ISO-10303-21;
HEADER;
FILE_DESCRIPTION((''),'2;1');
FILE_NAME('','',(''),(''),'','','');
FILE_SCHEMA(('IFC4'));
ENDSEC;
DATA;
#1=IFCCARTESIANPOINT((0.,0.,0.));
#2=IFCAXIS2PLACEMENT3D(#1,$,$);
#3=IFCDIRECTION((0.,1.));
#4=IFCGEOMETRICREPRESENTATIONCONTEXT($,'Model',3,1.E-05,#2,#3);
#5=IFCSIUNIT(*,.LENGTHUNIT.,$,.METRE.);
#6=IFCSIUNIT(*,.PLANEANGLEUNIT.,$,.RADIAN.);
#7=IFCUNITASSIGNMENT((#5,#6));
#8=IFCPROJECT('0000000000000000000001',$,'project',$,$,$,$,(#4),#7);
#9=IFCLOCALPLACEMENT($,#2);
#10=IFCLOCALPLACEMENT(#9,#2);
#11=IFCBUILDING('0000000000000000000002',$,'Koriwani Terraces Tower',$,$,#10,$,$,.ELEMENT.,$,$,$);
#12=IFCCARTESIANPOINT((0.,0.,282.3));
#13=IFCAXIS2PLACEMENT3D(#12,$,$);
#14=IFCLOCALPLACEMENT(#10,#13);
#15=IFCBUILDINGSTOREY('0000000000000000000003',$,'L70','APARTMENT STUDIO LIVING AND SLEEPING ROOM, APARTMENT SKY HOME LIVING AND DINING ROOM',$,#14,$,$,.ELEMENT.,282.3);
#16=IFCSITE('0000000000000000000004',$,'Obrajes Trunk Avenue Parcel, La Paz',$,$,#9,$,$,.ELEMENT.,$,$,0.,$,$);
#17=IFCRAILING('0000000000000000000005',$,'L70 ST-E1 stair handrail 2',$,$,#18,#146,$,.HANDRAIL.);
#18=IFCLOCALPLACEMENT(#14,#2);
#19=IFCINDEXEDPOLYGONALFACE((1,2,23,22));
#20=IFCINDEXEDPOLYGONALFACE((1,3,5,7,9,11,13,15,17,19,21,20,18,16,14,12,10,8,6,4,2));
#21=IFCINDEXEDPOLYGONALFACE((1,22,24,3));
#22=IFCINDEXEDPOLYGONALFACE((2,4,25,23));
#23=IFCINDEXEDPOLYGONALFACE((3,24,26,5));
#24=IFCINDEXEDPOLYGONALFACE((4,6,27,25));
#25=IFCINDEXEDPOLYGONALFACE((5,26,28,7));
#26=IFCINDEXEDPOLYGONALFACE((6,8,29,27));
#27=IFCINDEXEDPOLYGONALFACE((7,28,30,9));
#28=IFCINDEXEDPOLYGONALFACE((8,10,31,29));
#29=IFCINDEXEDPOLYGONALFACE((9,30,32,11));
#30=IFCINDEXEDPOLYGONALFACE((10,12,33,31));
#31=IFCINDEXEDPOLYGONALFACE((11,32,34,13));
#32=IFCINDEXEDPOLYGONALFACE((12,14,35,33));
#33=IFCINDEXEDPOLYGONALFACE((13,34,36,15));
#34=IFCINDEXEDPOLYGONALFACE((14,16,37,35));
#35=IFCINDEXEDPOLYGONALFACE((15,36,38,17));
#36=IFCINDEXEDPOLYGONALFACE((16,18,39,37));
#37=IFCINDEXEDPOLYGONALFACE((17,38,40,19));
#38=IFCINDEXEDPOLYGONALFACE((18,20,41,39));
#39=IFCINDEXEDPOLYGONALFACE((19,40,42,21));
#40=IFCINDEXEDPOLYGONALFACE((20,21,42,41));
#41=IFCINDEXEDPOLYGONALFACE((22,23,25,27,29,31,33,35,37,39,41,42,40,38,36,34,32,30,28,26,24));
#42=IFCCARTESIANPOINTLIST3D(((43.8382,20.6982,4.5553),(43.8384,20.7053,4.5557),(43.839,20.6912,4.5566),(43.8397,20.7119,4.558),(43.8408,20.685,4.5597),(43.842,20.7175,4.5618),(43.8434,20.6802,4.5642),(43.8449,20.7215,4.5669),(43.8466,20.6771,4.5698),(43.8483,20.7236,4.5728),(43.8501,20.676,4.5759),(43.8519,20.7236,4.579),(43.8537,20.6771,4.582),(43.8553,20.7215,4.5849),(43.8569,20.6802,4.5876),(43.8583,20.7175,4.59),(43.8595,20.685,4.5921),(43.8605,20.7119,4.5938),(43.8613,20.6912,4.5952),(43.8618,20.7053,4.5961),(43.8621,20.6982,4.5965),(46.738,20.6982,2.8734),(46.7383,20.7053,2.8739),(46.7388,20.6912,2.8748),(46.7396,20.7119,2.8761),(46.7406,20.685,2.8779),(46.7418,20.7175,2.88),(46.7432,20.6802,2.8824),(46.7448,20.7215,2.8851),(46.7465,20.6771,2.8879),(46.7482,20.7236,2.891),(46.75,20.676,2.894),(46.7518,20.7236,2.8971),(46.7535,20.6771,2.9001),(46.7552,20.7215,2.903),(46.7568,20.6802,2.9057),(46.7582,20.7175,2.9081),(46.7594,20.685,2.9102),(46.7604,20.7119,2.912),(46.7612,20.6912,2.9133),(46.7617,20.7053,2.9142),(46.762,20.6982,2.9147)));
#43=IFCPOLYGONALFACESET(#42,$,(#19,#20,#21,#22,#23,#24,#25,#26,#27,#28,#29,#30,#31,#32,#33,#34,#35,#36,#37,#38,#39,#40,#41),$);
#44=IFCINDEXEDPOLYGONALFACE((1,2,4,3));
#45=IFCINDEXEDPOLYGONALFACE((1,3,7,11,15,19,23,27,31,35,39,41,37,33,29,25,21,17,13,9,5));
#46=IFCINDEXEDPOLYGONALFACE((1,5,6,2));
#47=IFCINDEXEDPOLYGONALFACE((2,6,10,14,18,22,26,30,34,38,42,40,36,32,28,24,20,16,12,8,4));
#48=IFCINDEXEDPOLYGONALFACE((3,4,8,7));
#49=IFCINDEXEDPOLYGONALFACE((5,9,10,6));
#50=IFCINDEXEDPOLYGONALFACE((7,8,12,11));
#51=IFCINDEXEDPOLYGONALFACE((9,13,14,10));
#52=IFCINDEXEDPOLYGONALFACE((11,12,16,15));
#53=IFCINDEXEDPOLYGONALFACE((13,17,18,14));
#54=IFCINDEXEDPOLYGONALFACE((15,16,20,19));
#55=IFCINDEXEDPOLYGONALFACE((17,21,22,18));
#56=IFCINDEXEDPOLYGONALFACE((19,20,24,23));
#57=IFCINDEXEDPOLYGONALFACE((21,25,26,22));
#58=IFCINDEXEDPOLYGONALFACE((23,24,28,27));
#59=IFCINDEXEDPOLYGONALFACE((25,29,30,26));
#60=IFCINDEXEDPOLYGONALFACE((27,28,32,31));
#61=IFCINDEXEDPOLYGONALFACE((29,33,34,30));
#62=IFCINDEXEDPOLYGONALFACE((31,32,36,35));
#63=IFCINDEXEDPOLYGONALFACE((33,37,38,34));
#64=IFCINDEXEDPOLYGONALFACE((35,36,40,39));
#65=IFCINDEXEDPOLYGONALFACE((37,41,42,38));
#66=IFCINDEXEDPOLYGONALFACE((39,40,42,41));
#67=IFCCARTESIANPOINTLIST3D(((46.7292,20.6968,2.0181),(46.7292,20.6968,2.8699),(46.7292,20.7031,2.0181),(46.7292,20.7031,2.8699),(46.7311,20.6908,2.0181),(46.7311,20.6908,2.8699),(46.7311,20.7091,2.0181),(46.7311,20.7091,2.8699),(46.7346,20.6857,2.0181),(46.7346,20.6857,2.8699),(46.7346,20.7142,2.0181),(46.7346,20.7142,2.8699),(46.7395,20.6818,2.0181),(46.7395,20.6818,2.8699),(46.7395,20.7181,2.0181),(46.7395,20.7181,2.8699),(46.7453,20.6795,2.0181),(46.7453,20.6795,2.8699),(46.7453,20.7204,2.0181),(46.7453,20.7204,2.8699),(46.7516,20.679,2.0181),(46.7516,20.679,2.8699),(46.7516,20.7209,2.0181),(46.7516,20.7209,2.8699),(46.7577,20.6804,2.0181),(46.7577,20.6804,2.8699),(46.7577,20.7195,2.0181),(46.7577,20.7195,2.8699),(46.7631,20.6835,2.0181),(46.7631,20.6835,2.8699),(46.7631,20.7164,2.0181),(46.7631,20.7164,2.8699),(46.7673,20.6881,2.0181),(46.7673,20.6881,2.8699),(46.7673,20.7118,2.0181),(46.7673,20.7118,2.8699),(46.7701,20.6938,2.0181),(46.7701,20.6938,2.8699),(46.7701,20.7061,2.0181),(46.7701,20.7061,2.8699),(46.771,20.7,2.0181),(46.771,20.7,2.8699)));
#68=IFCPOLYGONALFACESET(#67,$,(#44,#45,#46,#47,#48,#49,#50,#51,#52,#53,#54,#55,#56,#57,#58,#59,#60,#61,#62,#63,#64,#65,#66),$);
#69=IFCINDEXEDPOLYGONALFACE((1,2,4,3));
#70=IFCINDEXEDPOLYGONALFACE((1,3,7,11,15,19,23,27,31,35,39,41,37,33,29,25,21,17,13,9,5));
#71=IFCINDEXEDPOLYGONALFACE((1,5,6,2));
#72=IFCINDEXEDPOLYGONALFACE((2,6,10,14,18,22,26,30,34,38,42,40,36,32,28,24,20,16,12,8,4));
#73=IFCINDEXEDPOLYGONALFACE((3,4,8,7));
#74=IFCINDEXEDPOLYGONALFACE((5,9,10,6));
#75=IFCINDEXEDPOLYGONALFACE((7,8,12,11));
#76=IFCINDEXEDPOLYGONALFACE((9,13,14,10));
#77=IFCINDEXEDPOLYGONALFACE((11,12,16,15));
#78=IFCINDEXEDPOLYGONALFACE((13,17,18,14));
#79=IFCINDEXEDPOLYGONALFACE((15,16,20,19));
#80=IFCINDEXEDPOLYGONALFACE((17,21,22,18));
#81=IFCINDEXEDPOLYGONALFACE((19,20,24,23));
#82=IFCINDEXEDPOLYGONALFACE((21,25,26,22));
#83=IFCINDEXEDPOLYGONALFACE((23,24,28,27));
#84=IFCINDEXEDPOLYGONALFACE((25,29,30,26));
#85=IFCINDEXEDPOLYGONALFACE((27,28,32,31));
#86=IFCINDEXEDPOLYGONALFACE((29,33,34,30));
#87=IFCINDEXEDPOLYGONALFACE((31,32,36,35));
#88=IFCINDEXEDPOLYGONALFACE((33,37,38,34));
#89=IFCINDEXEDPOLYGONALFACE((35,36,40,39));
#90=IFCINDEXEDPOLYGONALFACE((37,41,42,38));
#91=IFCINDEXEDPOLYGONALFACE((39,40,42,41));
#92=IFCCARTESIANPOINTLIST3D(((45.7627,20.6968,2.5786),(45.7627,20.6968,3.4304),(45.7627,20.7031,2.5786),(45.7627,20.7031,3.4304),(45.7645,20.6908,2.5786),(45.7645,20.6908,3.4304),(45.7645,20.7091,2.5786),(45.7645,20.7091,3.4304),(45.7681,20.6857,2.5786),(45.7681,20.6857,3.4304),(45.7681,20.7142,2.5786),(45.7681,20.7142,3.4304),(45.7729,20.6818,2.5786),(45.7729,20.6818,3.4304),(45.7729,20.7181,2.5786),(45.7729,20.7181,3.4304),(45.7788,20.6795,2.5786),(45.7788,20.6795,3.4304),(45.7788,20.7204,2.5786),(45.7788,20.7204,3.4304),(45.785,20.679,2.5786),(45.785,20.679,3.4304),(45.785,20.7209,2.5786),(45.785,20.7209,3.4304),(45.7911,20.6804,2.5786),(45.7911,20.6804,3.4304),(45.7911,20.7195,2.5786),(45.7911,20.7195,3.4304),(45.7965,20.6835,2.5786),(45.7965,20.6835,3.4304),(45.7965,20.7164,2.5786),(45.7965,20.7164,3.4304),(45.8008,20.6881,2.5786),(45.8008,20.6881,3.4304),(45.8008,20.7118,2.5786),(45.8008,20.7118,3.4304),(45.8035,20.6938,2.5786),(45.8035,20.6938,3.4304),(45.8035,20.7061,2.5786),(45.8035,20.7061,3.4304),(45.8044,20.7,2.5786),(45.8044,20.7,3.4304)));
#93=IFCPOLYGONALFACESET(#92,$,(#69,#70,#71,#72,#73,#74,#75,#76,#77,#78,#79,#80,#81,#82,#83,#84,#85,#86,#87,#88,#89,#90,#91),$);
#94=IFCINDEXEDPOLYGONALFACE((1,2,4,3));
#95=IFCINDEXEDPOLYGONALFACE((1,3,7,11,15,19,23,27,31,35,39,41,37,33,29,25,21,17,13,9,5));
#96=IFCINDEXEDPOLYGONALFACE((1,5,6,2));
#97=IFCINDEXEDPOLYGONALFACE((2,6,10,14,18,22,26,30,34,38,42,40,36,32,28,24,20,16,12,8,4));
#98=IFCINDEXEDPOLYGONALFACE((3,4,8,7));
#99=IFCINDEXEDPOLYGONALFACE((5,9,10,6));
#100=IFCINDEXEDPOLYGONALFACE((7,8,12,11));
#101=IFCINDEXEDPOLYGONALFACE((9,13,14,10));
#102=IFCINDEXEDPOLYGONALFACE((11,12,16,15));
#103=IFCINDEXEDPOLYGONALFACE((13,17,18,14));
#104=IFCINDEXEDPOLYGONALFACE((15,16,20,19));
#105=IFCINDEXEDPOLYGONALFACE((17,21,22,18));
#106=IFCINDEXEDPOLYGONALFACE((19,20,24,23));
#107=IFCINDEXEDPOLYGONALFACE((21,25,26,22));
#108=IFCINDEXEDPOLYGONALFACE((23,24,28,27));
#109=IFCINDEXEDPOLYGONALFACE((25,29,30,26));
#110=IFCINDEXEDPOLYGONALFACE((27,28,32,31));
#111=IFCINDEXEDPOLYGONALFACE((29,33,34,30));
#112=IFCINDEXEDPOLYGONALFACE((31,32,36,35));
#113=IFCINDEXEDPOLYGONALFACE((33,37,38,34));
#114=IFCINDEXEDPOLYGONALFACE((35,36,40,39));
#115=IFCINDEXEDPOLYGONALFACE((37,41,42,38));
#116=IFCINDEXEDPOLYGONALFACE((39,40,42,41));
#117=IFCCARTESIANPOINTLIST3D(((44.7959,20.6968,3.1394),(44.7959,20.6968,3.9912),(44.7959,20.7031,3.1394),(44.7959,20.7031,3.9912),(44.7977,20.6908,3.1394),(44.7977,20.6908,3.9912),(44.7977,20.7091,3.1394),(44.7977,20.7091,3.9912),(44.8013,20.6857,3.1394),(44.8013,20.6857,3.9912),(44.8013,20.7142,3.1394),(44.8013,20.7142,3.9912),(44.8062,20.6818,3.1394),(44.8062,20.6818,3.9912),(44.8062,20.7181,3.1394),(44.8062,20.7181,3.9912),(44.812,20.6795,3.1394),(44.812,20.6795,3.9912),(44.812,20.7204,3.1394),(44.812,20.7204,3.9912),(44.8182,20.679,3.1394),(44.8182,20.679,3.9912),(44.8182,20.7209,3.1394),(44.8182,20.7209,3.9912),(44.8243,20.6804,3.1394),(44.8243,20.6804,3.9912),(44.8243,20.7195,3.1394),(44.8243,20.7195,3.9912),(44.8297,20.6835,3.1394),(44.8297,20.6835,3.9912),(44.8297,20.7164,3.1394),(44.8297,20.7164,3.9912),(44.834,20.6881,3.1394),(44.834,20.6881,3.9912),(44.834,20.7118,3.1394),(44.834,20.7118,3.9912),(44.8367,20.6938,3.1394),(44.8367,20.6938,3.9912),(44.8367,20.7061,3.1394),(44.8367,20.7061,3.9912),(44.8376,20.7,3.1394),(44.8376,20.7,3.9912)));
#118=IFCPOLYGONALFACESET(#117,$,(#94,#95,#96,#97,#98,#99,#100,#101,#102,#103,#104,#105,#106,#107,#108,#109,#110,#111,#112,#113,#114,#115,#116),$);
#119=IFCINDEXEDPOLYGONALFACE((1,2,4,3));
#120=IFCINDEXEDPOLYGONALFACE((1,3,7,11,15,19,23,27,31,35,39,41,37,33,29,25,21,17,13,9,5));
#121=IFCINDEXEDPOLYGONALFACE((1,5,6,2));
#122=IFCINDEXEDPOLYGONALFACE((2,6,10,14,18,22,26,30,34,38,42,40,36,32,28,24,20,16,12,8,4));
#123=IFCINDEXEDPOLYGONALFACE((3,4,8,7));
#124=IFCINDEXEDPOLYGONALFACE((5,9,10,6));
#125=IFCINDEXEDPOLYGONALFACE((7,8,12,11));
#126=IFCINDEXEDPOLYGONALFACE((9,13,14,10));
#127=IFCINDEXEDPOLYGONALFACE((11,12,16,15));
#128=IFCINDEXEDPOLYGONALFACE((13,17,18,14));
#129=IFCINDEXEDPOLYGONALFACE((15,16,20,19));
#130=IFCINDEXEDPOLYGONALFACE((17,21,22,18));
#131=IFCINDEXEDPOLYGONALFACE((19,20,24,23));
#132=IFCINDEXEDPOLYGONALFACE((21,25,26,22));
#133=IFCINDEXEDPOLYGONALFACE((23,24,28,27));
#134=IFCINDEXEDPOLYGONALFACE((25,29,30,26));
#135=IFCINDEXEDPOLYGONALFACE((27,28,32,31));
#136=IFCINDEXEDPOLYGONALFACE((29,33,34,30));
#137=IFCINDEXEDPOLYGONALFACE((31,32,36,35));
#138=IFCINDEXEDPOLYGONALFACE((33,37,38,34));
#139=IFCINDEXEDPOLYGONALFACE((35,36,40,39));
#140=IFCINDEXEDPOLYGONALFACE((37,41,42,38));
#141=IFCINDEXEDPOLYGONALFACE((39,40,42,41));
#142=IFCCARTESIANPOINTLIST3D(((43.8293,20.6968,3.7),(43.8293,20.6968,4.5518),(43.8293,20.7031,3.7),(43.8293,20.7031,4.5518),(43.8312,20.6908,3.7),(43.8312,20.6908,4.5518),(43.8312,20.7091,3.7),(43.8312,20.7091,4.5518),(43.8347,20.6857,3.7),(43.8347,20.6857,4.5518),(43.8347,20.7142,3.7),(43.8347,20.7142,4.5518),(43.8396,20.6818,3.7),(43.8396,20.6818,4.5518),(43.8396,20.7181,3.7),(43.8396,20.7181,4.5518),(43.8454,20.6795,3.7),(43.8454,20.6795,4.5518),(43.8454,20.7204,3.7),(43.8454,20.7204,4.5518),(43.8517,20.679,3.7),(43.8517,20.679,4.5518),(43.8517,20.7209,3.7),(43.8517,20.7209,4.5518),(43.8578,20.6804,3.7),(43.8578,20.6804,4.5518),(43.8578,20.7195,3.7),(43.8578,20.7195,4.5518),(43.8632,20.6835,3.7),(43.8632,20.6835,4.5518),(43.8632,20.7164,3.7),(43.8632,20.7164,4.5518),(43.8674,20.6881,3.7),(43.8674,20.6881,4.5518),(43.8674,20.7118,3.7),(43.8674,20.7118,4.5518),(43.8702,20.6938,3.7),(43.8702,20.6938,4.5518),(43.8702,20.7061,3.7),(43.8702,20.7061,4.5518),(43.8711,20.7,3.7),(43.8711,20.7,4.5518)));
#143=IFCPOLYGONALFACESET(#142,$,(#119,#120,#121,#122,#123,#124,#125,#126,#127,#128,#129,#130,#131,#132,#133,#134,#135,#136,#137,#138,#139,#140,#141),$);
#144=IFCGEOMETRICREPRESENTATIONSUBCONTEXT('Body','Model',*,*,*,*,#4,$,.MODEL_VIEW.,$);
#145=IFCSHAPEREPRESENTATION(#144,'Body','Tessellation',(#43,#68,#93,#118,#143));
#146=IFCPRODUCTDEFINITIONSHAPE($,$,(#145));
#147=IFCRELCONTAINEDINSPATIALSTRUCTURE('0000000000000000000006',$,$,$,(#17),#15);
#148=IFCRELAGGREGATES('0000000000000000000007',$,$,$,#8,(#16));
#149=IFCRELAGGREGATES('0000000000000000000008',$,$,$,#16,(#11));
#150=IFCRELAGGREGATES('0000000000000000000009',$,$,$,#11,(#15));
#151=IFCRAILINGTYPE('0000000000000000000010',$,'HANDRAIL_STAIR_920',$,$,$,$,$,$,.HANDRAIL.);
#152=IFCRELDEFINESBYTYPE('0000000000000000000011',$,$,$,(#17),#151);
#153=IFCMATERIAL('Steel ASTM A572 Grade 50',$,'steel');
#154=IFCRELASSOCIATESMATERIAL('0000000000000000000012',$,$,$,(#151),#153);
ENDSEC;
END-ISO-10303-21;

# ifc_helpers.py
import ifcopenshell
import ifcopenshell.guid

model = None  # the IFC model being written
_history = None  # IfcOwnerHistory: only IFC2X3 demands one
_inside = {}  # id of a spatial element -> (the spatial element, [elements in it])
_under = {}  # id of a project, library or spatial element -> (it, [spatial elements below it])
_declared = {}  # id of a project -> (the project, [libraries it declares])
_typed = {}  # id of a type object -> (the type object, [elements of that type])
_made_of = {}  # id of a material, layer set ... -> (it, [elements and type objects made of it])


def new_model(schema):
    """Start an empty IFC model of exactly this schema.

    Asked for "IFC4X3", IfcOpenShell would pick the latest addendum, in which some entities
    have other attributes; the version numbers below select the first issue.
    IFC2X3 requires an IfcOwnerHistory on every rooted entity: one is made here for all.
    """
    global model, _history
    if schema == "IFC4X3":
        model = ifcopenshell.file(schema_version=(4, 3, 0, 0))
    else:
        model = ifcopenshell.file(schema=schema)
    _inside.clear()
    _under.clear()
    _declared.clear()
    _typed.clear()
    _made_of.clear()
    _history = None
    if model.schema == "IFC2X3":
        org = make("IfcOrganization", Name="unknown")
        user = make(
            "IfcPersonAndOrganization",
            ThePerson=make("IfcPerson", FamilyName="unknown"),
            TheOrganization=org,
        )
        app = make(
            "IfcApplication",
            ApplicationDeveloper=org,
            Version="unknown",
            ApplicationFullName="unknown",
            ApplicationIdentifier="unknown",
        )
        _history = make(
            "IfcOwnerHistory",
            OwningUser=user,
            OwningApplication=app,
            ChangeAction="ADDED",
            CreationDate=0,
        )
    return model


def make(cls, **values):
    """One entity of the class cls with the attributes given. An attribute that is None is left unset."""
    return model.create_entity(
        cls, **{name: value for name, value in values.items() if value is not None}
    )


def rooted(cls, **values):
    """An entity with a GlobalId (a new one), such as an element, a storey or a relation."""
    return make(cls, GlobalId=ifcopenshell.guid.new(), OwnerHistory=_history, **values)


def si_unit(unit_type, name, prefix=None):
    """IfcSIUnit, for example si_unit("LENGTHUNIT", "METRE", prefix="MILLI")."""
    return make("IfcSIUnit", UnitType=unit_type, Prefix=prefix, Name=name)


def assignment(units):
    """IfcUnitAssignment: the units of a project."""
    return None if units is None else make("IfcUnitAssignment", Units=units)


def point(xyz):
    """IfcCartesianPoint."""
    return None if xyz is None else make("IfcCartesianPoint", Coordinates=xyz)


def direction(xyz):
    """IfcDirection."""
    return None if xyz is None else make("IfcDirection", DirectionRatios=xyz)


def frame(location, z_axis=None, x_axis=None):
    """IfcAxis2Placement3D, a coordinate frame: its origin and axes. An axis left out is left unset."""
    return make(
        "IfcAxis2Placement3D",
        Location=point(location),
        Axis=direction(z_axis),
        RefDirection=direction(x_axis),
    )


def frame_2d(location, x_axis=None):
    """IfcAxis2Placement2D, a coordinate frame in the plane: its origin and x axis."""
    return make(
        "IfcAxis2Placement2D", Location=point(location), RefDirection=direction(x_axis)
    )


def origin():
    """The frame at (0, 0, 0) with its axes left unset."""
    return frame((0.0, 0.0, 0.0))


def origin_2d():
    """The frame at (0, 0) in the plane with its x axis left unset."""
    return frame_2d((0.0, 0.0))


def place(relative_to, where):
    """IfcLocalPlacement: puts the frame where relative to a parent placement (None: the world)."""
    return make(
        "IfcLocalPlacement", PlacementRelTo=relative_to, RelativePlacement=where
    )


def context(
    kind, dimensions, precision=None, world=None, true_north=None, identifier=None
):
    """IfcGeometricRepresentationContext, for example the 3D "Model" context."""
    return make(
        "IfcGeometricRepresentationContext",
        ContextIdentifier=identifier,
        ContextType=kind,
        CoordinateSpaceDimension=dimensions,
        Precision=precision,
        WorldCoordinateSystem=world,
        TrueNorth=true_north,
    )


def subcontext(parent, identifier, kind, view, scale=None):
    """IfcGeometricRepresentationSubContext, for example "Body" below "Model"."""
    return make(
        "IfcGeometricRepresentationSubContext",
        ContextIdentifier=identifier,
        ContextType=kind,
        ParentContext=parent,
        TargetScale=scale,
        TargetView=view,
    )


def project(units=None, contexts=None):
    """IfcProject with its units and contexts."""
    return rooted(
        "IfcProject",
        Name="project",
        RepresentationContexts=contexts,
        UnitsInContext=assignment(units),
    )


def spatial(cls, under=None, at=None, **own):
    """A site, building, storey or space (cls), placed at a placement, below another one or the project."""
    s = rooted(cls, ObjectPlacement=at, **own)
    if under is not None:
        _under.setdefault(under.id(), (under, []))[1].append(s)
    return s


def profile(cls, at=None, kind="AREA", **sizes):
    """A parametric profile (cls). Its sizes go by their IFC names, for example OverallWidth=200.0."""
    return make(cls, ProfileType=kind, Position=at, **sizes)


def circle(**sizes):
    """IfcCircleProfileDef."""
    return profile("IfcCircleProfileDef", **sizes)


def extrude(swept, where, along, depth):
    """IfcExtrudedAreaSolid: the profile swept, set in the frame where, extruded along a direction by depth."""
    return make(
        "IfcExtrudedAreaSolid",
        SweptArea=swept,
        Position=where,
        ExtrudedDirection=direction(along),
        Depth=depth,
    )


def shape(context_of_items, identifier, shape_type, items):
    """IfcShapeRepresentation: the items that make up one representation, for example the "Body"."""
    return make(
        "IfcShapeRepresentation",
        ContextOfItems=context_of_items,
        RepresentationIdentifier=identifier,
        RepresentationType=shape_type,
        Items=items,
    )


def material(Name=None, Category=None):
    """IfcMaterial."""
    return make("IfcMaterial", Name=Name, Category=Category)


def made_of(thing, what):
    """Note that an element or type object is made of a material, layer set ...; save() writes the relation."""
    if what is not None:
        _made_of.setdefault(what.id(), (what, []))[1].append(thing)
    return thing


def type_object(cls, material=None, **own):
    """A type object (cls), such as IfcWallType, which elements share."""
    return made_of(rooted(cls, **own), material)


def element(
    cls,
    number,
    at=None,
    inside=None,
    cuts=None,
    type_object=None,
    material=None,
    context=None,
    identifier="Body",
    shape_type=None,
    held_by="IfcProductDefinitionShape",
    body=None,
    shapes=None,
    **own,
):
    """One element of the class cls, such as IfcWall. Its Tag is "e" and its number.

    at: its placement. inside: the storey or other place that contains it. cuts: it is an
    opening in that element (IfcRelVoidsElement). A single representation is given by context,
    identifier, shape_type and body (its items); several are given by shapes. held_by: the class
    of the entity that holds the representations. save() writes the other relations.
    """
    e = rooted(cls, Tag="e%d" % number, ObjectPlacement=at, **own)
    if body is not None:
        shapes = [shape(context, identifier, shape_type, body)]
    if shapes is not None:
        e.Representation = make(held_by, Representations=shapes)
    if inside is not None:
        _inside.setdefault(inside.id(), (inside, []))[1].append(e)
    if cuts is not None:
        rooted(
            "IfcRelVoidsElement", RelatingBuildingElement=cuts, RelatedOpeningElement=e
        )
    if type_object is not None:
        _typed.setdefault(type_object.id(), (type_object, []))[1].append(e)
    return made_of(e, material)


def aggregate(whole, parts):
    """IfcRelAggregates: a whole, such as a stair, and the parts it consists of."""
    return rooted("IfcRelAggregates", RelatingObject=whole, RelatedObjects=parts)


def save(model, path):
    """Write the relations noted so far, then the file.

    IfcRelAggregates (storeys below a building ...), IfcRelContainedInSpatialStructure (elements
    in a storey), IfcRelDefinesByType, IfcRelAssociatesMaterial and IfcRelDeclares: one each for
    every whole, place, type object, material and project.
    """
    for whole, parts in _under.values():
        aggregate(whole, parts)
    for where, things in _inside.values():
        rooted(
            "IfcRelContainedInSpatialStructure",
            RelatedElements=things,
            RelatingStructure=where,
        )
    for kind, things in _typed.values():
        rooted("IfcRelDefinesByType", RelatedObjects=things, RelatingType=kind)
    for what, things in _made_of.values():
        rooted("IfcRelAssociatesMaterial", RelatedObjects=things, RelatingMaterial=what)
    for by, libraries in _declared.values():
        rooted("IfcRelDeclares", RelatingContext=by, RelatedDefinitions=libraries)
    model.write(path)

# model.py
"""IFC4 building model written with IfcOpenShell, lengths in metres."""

from ifc_helpers import new_model, si_unit, direction, frame, origin, origin_2d, place, context, subcontext, project, spatial, circle, extrude, material, type_object, element, save


model = new_model("IFC4")

# Units and contexts
model_context = context("Model", 3, precision=1e-05, world=origin(), true_north=direction((0.0, 1.0)))
body_context = subcontext(model_context, "Body", "Model", "MODEL_VIEW")
ifc_project = project(units=[si_unit("LENGTHUNIT", "METRE"), si_unit("PLANEANGLEUNIT", "RADIAN")], contexts=[model_context])

# Site, building, storey
site_placement = place(None, origin())
site = spatial("IfcSite", under=ifc_project, at=site_placement, Name="Obrajes Trunk Avenue Parcel, La Paz", CompositionType="ELEMENT", RefElevation=0.0)
building_placement = place(site_placement, origin())
building = spatial("IfcBuilding", under=site, at=building_placement, Name="Koriwani Terraces Tower", CompositionType="ELEMENT")
storey_placement = place(building_placement, frame((0.0, 0.0, 282.3)))
storey = spatial("IfcBuildingStorey", under=building, at=storey_placement, Name="L70", Description="APARTMENT STUDIO LIVING AND SLEEPING ROOM, APARTMENT SKY HOME LIVING AND DINING ROOM", CompositionType="ELEMENT", Elevation=282.3)

# Shared definitions
ifc_material_1 = material(Name="Steel ASTM A572 Grade 50", Category="steel")

# Railing
railing_type_1 = type_object("IfcRailingType", Name="HANDRAIL_STAIR_920", PredefinedType="HANDRAIL", material=ifc_material_1)
railing_1_placement = place(storey_placement, frame((46.75, 20.7, 2.0181)))
element("IfcRailing", 1, at=railing_1_placement, inside=storey, type_object=railing_type_1, Name="L70 ST-E1 stair handrail 2", PredefinedType="HANDRAIL", context=body_context, shape_type="SweptSolid", body=[
    extrude(circle(Radius=0.0239, at=origin_2d()), frame((0.0, 0.0, 0.876), z_axis=(-0.865039, 0.0, 0.501705), x_axis=(0.0, -1.0, 0.0)), (0.0, 0.0, 1.0), 3.3523),
    extrude(circle(Radius=0.021, at=origin_2d()), origin(), (0.0, 0.0, 1.0), 0.8518),
    extrude(circle(Radius=0.021, at=origin_2d()), frame((-0.9666, 0.0, 0.5605)), (0.0, 0.0, 1.0), 0.8518),
    extrude(circle(Radius=0.021, at=origin_2d()), frame((-1.9333, 0.0, 1.1213)), (0.0, 0.0, 1.0), 0.8518),
    extrude(circle(Radius=0.021, at=origin_2d()), frame((-2.8999, 0.0, 1.6819)), (0.0, 0.0, 1.0), 0.8518),
])

save(model, "model.ifc")
